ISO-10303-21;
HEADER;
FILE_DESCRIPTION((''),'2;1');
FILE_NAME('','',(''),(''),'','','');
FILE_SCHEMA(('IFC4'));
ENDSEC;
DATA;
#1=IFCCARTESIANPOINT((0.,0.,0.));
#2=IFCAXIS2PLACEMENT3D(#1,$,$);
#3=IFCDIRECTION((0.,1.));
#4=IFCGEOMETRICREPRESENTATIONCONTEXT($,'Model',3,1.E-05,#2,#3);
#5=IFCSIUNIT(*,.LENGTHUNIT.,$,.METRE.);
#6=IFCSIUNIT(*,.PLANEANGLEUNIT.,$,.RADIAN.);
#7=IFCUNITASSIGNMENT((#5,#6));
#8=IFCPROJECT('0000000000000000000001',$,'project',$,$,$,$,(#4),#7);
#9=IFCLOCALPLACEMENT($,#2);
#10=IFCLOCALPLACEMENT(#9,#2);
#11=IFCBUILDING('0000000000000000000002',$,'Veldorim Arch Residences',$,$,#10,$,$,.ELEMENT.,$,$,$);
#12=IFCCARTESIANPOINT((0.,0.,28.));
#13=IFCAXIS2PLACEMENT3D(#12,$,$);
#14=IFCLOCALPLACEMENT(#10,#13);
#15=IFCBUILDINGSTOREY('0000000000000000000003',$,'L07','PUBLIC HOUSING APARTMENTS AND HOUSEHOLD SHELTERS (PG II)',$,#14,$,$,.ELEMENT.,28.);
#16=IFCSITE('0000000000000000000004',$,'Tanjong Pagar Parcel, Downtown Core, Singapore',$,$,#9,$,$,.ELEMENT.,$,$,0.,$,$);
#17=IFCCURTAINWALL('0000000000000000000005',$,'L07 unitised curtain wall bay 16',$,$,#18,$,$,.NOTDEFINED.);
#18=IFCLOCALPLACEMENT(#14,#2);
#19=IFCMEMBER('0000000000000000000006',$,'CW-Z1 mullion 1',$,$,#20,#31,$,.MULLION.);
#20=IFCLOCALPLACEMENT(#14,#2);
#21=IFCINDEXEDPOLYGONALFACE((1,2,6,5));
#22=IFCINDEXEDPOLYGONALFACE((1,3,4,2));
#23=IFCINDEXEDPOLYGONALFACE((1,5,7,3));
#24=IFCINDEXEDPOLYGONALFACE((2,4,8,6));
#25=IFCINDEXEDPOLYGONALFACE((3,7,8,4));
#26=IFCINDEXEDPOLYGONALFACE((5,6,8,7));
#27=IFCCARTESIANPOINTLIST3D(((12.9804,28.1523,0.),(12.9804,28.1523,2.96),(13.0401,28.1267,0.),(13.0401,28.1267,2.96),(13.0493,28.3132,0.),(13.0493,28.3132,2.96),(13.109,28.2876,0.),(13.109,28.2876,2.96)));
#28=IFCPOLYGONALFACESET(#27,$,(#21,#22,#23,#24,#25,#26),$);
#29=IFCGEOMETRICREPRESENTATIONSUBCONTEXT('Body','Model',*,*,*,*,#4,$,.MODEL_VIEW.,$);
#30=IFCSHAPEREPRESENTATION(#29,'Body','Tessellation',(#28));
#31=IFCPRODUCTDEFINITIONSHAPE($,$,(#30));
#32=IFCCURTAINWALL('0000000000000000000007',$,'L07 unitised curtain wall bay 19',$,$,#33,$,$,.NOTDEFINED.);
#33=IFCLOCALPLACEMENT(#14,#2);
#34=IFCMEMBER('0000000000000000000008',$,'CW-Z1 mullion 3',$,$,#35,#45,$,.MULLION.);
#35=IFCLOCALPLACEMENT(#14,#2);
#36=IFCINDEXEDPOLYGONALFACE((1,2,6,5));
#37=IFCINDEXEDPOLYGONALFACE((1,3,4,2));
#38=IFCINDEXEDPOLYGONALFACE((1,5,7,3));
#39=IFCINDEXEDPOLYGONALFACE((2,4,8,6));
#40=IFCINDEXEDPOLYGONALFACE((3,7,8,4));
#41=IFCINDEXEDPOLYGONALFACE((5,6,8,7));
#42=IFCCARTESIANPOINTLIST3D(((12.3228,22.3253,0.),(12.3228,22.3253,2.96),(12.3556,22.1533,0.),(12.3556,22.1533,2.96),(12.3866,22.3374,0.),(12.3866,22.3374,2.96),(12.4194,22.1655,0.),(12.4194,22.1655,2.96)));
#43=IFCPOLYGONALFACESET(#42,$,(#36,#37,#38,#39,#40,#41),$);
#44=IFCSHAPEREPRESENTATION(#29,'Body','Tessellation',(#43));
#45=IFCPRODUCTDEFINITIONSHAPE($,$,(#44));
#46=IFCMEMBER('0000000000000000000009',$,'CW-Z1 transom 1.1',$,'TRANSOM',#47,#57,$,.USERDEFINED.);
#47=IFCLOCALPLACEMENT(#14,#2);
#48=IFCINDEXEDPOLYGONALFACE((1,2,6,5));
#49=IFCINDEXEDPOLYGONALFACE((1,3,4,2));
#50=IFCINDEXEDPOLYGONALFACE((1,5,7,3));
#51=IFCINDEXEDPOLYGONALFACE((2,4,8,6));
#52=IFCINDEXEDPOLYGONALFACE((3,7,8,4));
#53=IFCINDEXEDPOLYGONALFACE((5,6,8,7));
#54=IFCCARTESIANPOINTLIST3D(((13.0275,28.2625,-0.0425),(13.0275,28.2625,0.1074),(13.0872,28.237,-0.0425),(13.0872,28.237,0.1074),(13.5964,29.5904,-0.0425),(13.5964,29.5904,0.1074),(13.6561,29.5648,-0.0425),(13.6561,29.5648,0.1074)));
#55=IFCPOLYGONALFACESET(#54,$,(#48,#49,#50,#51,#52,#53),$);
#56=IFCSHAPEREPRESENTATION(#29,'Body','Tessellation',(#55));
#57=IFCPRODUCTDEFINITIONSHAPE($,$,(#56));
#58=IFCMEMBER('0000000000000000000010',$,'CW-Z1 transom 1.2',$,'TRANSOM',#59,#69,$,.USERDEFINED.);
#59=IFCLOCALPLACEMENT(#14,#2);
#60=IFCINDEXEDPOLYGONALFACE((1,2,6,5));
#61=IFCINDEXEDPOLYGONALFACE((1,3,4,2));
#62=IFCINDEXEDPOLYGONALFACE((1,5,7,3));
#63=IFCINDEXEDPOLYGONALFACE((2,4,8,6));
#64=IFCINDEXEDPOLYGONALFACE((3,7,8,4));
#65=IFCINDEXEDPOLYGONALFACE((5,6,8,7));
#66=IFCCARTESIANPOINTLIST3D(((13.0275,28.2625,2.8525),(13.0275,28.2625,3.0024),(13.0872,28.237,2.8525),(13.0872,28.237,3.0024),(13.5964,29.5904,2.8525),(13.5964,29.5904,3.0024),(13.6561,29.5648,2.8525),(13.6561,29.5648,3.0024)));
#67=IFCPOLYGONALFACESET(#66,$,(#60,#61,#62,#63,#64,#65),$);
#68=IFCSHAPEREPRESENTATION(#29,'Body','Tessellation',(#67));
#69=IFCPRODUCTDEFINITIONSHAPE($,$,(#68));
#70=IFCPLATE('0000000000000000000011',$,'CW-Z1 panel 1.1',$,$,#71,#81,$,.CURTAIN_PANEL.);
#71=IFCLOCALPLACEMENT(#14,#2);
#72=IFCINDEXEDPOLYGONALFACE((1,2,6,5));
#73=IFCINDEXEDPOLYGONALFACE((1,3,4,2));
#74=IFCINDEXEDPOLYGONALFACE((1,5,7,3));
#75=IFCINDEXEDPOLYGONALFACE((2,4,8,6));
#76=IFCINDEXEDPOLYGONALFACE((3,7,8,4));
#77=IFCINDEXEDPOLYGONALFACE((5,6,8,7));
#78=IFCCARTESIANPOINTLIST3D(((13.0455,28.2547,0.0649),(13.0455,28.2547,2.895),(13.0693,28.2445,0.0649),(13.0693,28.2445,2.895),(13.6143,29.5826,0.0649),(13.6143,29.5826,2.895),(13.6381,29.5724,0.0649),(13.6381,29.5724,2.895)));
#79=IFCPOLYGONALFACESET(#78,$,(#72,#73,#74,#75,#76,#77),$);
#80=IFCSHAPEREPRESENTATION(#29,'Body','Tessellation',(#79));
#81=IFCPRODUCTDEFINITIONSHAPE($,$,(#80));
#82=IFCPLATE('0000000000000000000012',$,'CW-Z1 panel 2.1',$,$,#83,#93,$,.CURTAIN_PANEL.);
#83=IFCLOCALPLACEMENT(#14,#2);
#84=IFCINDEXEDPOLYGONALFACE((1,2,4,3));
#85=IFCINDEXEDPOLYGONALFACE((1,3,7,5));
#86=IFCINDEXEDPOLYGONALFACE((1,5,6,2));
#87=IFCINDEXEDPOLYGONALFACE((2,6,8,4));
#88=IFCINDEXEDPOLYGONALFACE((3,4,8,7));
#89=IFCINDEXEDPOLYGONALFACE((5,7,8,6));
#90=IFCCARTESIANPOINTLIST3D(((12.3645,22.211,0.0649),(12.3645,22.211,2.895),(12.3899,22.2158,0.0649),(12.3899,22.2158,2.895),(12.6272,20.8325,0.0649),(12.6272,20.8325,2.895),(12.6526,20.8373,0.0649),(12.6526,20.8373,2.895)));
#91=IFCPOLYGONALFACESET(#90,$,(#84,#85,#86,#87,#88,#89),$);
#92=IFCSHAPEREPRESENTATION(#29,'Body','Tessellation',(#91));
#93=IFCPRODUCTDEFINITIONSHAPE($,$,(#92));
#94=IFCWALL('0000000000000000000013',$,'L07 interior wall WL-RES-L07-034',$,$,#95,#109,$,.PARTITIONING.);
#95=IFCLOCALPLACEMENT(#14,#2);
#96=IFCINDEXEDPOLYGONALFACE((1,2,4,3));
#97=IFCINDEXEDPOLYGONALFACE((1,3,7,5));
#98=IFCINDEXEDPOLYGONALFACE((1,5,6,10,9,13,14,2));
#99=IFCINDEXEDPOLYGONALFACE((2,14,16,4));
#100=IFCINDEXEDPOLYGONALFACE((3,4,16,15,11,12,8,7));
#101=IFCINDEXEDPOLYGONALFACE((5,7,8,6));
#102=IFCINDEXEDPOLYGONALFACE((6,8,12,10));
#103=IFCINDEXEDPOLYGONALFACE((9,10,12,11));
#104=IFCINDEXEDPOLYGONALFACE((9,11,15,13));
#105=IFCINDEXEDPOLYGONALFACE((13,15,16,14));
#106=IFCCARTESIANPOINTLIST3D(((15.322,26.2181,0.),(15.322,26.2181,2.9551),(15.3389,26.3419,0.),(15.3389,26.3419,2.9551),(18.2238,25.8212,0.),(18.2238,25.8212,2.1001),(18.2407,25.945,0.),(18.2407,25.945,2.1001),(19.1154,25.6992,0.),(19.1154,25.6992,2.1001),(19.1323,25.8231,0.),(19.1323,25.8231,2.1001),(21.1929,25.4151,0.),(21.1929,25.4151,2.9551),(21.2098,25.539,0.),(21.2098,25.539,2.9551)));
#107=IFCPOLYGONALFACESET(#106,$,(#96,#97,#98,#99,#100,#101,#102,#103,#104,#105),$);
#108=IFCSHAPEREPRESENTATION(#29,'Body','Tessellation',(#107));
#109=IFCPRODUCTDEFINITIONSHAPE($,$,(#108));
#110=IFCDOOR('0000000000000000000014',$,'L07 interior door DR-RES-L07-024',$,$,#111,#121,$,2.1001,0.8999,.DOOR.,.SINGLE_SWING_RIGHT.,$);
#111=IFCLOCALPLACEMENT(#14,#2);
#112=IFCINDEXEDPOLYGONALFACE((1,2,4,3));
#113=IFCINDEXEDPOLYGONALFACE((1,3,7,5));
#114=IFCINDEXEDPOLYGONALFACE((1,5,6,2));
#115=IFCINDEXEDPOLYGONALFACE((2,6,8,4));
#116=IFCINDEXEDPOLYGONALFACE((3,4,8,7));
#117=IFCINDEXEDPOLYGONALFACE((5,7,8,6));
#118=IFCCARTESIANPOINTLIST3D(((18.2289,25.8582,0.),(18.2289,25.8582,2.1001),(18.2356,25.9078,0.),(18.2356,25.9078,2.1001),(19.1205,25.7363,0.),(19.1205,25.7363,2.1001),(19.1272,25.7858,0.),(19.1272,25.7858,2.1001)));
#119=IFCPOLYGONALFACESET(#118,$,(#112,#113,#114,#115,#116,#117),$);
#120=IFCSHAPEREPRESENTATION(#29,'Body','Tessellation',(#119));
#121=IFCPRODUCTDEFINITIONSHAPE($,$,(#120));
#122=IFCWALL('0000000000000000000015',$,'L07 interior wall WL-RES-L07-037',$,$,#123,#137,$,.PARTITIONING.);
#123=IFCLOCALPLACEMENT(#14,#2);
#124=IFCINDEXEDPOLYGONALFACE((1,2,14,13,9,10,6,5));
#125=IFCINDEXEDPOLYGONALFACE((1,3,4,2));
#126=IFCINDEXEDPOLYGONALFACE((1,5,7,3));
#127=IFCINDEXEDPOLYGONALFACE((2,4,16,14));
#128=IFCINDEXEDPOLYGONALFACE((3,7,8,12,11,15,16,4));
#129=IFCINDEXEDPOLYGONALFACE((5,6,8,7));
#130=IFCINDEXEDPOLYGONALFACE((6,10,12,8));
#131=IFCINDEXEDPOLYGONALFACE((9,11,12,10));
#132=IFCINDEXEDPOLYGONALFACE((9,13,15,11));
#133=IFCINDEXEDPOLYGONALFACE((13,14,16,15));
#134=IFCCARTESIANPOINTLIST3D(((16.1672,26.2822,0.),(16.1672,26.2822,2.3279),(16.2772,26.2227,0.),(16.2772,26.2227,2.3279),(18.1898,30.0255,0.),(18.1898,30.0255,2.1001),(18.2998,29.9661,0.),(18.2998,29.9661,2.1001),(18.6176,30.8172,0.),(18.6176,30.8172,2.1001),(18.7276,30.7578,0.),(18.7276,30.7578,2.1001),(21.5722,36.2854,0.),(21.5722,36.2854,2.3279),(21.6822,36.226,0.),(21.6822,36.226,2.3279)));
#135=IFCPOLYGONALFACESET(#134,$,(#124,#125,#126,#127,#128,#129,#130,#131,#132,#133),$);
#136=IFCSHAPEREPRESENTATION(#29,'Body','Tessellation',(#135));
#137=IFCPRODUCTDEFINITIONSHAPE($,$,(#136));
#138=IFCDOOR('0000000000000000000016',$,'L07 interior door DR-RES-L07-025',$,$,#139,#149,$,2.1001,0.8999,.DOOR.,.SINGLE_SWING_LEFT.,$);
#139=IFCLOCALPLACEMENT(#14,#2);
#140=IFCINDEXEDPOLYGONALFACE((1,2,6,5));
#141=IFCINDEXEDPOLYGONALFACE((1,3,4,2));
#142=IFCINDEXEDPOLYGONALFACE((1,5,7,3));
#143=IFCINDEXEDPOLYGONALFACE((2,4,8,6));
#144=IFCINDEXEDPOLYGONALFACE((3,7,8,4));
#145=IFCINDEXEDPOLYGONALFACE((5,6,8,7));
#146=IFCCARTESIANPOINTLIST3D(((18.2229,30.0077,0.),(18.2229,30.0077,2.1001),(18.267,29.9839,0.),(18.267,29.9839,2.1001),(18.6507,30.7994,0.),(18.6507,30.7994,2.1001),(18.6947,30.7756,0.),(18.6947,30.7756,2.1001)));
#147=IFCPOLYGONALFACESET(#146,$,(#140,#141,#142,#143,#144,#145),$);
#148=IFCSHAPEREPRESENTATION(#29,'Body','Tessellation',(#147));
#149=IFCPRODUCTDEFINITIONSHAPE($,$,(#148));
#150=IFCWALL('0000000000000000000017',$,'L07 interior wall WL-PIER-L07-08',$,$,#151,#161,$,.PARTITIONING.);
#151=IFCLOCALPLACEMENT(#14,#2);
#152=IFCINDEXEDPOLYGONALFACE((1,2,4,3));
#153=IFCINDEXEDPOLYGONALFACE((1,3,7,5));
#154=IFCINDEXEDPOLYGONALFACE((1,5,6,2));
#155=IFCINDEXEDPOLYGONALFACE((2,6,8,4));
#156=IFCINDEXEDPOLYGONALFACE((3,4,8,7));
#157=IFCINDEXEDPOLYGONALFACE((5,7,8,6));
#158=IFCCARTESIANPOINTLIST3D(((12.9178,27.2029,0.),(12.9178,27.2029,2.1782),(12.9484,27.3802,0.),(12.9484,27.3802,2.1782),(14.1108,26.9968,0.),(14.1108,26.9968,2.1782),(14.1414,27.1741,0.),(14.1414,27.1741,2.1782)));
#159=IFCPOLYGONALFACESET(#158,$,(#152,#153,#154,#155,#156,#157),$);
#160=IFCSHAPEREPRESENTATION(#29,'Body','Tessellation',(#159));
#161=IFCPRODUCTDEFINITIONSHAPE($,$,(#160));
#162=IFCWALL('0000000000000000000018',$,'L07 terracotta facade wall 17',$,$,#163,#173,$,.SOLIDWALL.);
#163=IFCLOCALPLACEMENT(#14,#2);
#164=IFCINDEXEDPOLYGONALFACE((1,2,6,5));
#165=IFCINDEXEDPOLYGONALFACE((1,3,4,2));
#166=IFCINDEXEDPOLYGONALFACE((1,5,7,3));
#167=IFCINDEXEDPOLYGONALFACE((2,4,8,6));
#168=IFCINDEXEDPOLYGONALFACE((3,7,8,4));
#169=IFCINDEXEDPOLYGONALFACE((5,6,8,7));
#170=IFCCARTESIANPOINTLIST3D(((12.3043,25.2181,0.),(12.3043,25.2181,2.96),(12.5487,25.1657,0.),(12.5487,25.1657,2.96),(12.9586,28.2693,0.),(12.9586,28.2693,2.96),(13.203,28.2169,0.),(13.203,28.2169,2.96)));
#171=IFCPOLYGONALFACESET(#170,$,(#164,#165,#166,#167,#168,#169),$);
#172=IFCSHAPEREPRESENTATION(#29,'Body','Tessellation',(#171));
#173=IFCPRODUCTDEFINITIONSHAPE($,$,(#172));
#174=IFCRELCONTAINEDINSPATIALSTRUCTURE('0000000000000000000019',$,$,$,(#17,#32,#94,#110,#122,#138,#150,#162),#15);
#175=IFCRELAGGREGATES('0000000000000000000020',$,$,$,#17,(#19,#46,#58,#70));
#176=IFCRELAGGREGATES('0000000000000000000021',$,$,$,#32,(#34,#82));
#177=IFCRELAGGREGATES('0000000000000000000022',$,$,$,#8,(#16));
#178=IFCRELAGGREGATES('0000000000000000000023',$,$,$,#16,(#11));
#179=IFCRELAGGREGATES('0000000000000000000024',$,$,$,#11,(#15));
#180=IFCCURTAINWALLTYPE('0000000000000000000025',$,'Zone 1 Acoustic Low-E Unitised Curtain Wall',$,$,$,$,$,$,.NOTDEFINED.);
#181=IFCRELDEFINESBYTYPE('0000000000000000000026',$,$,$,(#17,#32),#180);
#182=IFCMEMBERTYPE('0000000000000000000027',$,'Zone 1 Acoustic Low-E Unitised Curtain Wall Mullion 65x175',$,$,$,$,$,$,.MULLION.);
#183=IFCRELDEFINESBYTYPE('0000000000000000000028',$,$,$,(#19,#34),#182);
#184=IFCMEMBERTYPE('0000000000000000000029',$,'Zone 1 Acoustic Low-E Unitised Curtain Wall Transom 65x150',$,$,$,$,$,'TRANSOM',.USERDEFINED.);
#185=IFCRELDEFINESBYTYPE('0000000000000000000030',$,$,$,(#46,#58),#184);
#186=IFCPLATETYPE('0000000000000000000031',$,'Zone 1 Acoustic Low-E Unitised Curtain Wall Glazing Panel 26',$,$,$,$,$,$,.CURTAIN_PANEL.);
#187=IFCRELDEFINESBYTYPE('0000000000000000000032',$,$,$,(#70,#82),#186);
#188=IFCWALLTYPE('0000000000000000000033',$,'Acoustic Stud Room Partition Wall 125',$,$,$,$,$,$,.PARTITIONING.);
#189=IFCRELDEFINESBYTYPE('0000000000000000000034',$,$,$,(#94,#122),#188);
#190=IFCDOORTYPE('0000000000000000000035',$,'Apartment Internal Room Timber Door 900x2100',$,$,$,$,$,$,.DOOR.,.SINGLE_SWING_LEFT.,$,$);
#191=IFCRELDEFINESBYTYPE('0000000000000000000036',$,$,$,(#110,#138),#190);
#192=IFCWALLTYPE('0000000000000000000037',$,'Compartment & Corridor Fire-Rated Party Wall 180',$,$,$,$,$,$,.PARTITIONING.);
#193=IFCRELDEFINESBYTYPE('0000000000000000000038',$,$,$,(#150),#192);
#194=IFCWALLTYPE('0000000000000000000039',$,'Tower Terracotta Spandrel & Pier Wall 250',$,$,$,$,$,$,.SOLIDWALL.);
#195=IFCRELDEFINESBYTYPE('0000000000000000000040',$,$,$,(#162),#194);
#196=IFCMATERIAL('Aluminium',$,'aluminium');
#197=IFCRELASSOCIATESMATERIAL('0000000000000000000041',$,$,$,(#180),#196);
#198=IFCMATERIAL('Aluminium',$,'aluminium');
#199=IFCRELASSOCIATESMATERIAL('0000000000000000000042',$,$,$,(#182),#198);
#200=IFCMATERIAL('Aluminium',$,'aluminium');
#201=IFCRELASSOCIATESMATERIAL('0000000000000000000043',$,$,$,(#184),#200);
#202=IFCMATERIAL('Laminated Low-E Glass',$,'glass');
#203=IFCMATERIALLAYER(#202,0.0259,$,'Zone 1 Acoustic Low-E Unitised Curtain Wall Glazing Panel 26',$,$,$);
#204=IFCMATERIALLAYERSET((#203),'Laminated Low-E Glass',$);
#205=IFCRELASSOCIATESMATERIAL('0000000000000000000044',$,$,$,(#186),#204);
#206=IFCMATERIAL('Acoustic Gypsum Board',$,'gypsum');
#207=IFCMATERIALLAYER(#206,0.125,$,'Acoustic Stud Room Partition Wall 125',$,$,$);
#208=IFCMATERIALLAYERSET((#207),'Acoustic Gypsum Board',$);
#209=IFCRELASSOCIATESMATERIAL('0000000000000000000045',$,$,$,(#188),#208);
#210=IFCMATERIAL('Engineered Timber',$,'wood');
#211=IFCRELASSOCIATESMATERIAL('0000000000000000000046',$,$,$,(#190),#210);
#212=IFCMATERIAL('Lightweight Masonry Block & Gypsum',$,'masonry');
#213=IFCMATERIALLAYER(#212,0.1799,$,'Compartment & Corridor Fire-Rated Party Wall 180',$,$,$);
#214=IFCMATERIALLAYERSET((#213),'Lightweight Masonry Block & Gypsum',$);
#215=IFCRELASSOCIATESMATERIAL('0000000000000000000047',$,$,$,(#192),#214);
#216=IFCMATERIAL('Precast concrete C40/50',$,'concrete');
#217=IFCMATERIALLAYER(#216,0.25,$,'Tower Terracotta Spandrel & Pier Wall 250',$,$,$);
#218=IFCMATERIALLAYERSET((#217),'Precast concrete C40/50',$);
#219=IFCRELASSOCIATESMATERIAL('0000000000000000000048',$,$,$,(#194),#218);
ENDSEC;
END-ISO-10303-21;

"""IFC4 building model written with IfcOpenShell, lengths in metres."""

from ifc_helpers import new_model, si_unit, direction, frame, frame_2d, origin, origin_2d, place, context, subcontext, project, spatial, rectangle, extrude, material, layer, layer_set, material_profile, profile_set, type_object, element, fill, aggregate, save


model = new_model("IFC4")

# Units and contexts
model_context = context("Model", 3, precision=1e-05, world=origin(), true_north=direction((0.0, 1.0)))
body_context = subcontext(model_context, "Body", "Model", "MODEL_VIEW")
ifc_project = project(units=[si_unit("LENGTHUNIT", "METRE"), si_unit("PLANEANGLEUNIT", "RADIAN")], contexts=[model_context])

# Site, building, storey
site_placement = place(None, origin())
site = spatial("IfcSite", under=ifc_project, at=site_placement, Name="Tanjong Pagar Parcel, Downtown Core, Singapore", CompositionType="ELEMENT", RefElevation=0.0)
building_placement = place(site_placement, origin())
building = spatial("IfcBuilding", under=site, at=building_placement, Name="Veldorim Arch Residences", CompositionType="ELEMENT")
storey_placement = place(building_placement, frame((0.0, 0.0, 28.0)))
storey = spatial("IfcBuildingStorey", under=building, at=storey_placement, Name="L07", Description="PUBLIC HOUSING APARTMENTS AND HOUSEHOLD SHELTERS (PG II)", CompositionType="ELEMENT", Elevation=28.0)

# Curtain walls, members
ifc_material_1 = material(Name="Aluminium", Category="aluminium")
curtain_wall_type = type_object("IfcCurtainWallType", Name="Zone 1 Acoustic Low-E Unitised Curtain Wall", PredefinedType="NOTDEFINED", material=ifc_material_1)
curtain_wall_1_placement = place(storey_placement, origin())
curtain_wall_1 = element("IfcCurtainWall", 1, at=curtain_wall_1_placement, inside=storey, type_object=curtain_wall_type, Name="L07 unitised curtain wall bay 16", PredefinedType="NOTDEFINED")
ifc_material_2 = material(Name="Aluminium", Category="aluminium")
ifc_material_profile_1 = material_profile(ifc_material_2, rectangle(XDim=0.0649, YDim=0.175, at=origin_2d()), Name="ALU_MUL_65x175")
ifc_profile_set_1 = profile_set([ifc_material_profile_1], Name="Aluminium")
member_type_1 = type_object("IfcMemberType", Name="Zone 1 Acoustic Low-E Unitised Curtain Wall Mullion 65x175", PredefinedType="MULLION", material=ifc_profile_set_1)
member_1_placement = place(storey_placement, frame((13.0447, 28.22, 0.0), z_axis=(0.0, 0.0, 1.0), x_axis=(-0.919222, 0.393739, 0.0)))
member_1 = element("IfcMember", 2, at=member_1_placement, type_object=member_type_1, Name="CW-Z1 mullion 1", PredefinedType="MULLION", context=body_context, shape_type="SweptSolid", body=[
    extrude(rectangle(XDim=0.0649, YDim=0.175, at=origin_2d()), origin(), (0.0, 0.0, 1.0), 2.96),
])
curtain_wall_2_placement = place(storey_placement, origin())
curtain_wall_2 = element("IfcCurtainWall", 3, at=curtain_wall_2_placement, inside=storey, type_object=curtain_wall_type, Name="L07 unitised curtain wall bay 19", PredefinedType="NOTDEFINED")
member_2_placement = place(storey_placement, frame((12.3711, 22.2454, 0.0), z_axis=(0.0, 0.0, 1.0), x_axis=(-0.982318, -0.187222, 0.0)))
member_2 = element("IfcMember", 4, at=member_2_placement, type_object=member_type_1, Name="CW-Z1 mullion 3", PredefinedType="MULLION", context=body_context, shape_type="SweptSolid", body=[
    extrude(rectangle(XDim=0.0649, YDim=0.175, at=origin_2d()), origin(), (0.0, 0.0, 1.0), 2.96),
])

# Members
ifc_material_3 = material(Name="Aluminium", Category="aluminium")
ifc_material_profile_2 = material_profile(ifc_material_3, rectangle(XDim=0.0649, YDim=0.1499, at=origin_2d()), Name="ALU_TRN_65x150")
ifc_profile_set_2 = profile_set([ifc_material_profile_2], Name="Aluminium")
member_type_2 = type_object("IfcMemberType", Name="Zone 1 Acoustic Low-E Unitised Curtain Wall Transom 65x150", ElementType="TRANSOM", PredefinedType="USERDEFINED", material=ifc_profile_set_2)
member_3_placement = place(storey_placement, frame((13.0574, 28.2498, 0.0325), z_axis=(0.393777, 0.919206, 0.0), x_axis=(-0.919206, 0.393777, 0.0)))
member_3 = element("IfcMember", 5, at=member_3_placement, type_object=member_type_2, Name="CW-Z1 transom 1.1", ObjectType="TRANSOM", PredefinedType="USERDEFINED", context=body_context, shape_type="SweptSolid", body=[
    extrude(rectangle(XDim=0.0649, YDim=0.1499, at=origin_2d()), origin(), (0.0, 0.0, 1.0), 1.4446),
])
member_4_placement = place(storey_placement, frame((13.0574, 28.2498, 2.9275), z_axis=(0.393777, 0.919206, 0.0), x_axis=(-0.919206, 0.393777, 0.0)))
member_4 = element("IfcMember", 6, at=member_4_placement, type_object=member_type_2, Name="CW-Z1 transom 1.2", ObjectType="TRANSOM", PredefinedType="USERDEFINED", context=body_context, shape_type="SweptSolid", body=[
    extrude(rectangle(XDim=0.0649, YDim=0.1499, at=origin_2d()), origin(), (0.0, 0.0, 1.0), 1.4446),
])

# Plates
ifc_material_4 = material(Name="Laminated Low-E Glass", Category="glass")
ifc_layer_1 = layer(ifc_material_4, 0.0259, Name="Zone 1 Acoustic Low-E Unitised Curtain Wall Glazing Panel 26")
ifc_layer_set_1 = layer_set([ifc_layer_1], Name="Laminated Low-E Glass")
plate_type = type_object("IfcPlateType", Name="Zone 1 Acoustic Low-E Unitised Curtain Wall Glazing Panel 26", PredefinedType="CURTAIN_PANEL", material=ifc_layer_set_1)
plate_1_placement = place(storey_placement, frame((13.3418, 28.9136, 0.0649), z_axis=(0.0, 0.0, 1.0), x_axis=(0.393739, 0.919222, 0.0)))
plate_1 = element("IfcPlate", 7, at=plate_1_placement, type_object=plate_type, Name="CW-Z1 panel 1.1", PredefinedType="CURTAIN_PANEL", context=body_context, shape_type="SweptSolid", body=[
    extrude(rectangle(XDim=1.4446, YDim=0.0259, at=origin_2d()), origin(), (0.0, 0.0, 1.0), 2.8301),
])
aggregate(curtain_wall_1, [member_1, member_3, member_4, plate_1])
plate_2_placement = place(storey_placement, frame((12.5085, 21.5242, 0.0649), z_axis=(0.0, 0.0, 1.0), x_axis=(-0.187222, 0.982318, 0.0)))
plate_2 = element("IfcPlate", 8, at=plate_2_placement, type_object=plate_type, Name="CW-Z1 panel 2.1", PredefinedType="CURTAIN_PANEL", context=body_context, shape_type="SweptSolid", body=[
    extrude(rectangle(XDim=1.4033, YDim=0.0259, at=origin_2d()), origin(), (0.0, 0.0, 1.0), 2.8301),
])
aggregate(curtain_wall_2, [member_2, plate_2])

# Walls, openings, doors
ifc_material_5 = material(Name="Acoustic Gypsum Board", Category="gypsum")
ifc_layer_2 = layer(ifc_material_5, 0.125, Name="Acoustic Stud Room Partition Wall 125")
ifc_layer_set_2 = layer_set([ifc_layer_2], Name="Acoustic Gypsum Board")
wall_type_1 = type_object("IfcWallType", Name="Acoustic Stud Room Partition Wall 125", PredefinedType="PARTITIONING", material=ifc_layer_set_2)
wall_1_placement = place(storey_placement, frame((15.3303, 26.28, 0.0), z_axis=(0.0, 0.0, 1.0), x_axis=(0.990776, -0.135512, 0.0)))
wall_1 = element("IfcWall", 9, at=wall_1_placement, inside=storey, type_object=wall_type_1, Name="L07 interior wall WL-RES-L07-034", PredefinedType="PARTITIONING", context=body_context, shape_type="SweptSolid", body=[
    extrude(rectangle(XDim=5.9255, YDim=0.125, at=frame_2d((2.9629, 0.0))), origin(), (0.0, 0.0, 1.0), 2.9551),
])
opening_1_placement = place(wall_1_placement, frame((2.929, 0.0, 0.0)))
opening_1 = element("IfcOpeningElement", 10, at=opening_1_placement, cuts=wall_1, PredefinedType="OPENING", context=body_context, shape_type="SweptSolid", body=[
    extrude(rectangle(XDim=0.8999, YDim=2.1001, at=frame_2d((0.45, 1.05))), frame((0.0, 0.0725, 0.0), z_axis=(0.0, -1.0, 0.0), x_axis=(1.0, 0.0, 0.0)), (0.0, 0.0, 1.0), 0.145),
])
ifc_material_6 = material(Name="Engineered Timber", Category="wood")
door_type = type_object("IfcDoorType", Name="Apartment Internal Room Timber Door 900x2100", OperationType="SINGLE_SWING_LEFT", PredefinedType="DOOR", material=ifc_material_6)
door_1_placement = place(opening_1_placement, origin())
door_1 = element("IfcDoor", 11, at=door_1_placement, inside=storey, type_object=door_type, Name="L07 interior door DR-RES-L07-024", OperationType="SINGLE_SWING_RIGHT", OverallHeight=2.1001, OverallWidth=0.8999, PredefinedType="DOOR", context=body_context, shape_type="SweptSolid", body=[
    extrude(rectangle(XDim=0.8999, YDim=2.1001, at=frame_2d((0.45, 1.05))), frame((0.0, 0.0249, 0.0), z_axis=(0.0, -1.0, 0.0), x_axis=(1.0, 0.0, 0.0)), (0.0, 0.0, 1.0), 0.05),
])
fill(opening_1, door_1)
wall_2_placement = place(storey_placement, frame((16.2222, 26.2524, 0.0), z_axis=(0.0, 0.0, 1.0), x_axis=(0.475375, 0.879783, 0.0)))
wall_2 = element("IfcWall", 12, at=wall_2_placement, inside=storey, type_object=wall_type_1, Name="L07 interior wall WL-RES-L07-037", PredefinedType="PARTITIONING", context=body_context, shape_type="SweptSolid", body=[
    extrude(rectangle(XDim=11.3701, YDim=0.125, at=frame_2d((5.6851, 0.0))), origin(), (0.0, 0.0, 1.0), 2.3279),
])
opening_2_placement = place(wall_2_placement, frame((4.2549, 0.0, 0.0)))
opening_2 = element("IfcOpeningElement", 13, at=opening_2_placement, cuts=wall_2, PredefinedType="OPENING", context=body_context, shape_type="SweptSolid", body=[
    extrude(rectangle(XDim=0.8999, YDim=2.1001, at=frame_2d((0.45, 1.05))), frame((0.0, 0.0725, 0.0), z_axis=(0.0, -1.0, 0.0), x_axis=(1.0, 0.0, 0.0)), (0.0, 0.0, 1.0), 0.145),
])
door_2_placement = place(opening_2_placement, origin())
door_2 = element("IfcDoor", 14, at=door_2_placement, inside=storey, type_object=door_type, Name="L07 interior door DR-RES-L07-025", OperationType="SINGLE_SWING_LEFT", OverallHeight=2.1001, OverallWidth=0.8999, PredefinedType="DOOR", context=body_context, shape_type="SweptSolid", body=[
    extrude(rectangle(XDim=0.8999, YDim=2.1001, at=frame_2d((0.45, 1.05))), frame((0.0, 0.0249, 0.0), z_axis=(0.0, -1.0, 0.0), x_axis=(1.0, 0.0, 0.0)), (0.0, 0.0, 1.0), 0.05),
])
fill(opening_2, door_2)

# Walls
ifc_material_7 = material(Name="Lightweight Masonry Block & Gypsum", Category="masonry")
ifc_layer_3 = layer(ifc_material_7, 0.1799, Name="Compartment & Corridor Fire-Rated Party Wall 180")
ifc_layer_set_3 = layer_set([ifc_layer_3], Name="Lightweight Masonry Block & Gypsum")
wall_type_2 = type_object("IfcWallType", Name="Compartment & Corridor Fire-Rated Party Wall 180", PredefinedType="PARTITIONING", material=ifc_layer_set_3)
wall_3_placement = place(storey_placement, frame((14.1262, 27.0854, 0.0), z_axis=(0.0, 0.0, 1.0), x_axis=(-0.985412, 0.170184, 0.0)))
element("IfcWall", 15, at=wall_3_placement, inside=storey, type_object=wall_type_2, Name="L07 interior wall WL-PIER-L07-08", PredefinedType="PARTITIONING", context=body_context, shape_type="SweptSolid", body=[
    extrude(rectangle(XDim=1.2107, YDim=0.1799, at=frame_2d((0.6055, 0.0))), origin(), (0.0, 0.0, 1.0), 2.1782),
])
ifc_material_8 = material(Name="Precast concrete C40/50", Category="concrete")
ifc_layer_4 = layer(ifc_material_8, 0.25, Name="Tower Terracotta Spandrel & Pier Wall 250")
ifc_layer_set_4 = layer_set([ifc_layer_4], Name="Precast concrete C40/50")
wall_type_3 = type_object("IfcWallType", Name="Tower Terracotta Spandrel & Pier Wall 250", PredefinedType="SOLIDWALL", material=ifc_layer_set_4)
wall_4_placement = place(storey_placement, frame((12.4265, 25.1919, 0.0), z_axis=(0.0, 0.0, 1.0), x_axis=(0.209668, 0.977773, 0.0)))
element("IfcWall", 16, at=wall_4_placement, inside=storey, type_object=wall_type_3, Name="L07 terracotta facade wall 17", PredefinedType="SOLIDWALL", context=body_context, shape_type="SweptSolid", body=[
    extrude(rectangle(XDim=3.1206, YDim=0.25, at=frame_2d((1.5603, 0.0))), origin(), (0.0, 0.0, 1.0), 2.96),
])

save(model, "model.ifc")
